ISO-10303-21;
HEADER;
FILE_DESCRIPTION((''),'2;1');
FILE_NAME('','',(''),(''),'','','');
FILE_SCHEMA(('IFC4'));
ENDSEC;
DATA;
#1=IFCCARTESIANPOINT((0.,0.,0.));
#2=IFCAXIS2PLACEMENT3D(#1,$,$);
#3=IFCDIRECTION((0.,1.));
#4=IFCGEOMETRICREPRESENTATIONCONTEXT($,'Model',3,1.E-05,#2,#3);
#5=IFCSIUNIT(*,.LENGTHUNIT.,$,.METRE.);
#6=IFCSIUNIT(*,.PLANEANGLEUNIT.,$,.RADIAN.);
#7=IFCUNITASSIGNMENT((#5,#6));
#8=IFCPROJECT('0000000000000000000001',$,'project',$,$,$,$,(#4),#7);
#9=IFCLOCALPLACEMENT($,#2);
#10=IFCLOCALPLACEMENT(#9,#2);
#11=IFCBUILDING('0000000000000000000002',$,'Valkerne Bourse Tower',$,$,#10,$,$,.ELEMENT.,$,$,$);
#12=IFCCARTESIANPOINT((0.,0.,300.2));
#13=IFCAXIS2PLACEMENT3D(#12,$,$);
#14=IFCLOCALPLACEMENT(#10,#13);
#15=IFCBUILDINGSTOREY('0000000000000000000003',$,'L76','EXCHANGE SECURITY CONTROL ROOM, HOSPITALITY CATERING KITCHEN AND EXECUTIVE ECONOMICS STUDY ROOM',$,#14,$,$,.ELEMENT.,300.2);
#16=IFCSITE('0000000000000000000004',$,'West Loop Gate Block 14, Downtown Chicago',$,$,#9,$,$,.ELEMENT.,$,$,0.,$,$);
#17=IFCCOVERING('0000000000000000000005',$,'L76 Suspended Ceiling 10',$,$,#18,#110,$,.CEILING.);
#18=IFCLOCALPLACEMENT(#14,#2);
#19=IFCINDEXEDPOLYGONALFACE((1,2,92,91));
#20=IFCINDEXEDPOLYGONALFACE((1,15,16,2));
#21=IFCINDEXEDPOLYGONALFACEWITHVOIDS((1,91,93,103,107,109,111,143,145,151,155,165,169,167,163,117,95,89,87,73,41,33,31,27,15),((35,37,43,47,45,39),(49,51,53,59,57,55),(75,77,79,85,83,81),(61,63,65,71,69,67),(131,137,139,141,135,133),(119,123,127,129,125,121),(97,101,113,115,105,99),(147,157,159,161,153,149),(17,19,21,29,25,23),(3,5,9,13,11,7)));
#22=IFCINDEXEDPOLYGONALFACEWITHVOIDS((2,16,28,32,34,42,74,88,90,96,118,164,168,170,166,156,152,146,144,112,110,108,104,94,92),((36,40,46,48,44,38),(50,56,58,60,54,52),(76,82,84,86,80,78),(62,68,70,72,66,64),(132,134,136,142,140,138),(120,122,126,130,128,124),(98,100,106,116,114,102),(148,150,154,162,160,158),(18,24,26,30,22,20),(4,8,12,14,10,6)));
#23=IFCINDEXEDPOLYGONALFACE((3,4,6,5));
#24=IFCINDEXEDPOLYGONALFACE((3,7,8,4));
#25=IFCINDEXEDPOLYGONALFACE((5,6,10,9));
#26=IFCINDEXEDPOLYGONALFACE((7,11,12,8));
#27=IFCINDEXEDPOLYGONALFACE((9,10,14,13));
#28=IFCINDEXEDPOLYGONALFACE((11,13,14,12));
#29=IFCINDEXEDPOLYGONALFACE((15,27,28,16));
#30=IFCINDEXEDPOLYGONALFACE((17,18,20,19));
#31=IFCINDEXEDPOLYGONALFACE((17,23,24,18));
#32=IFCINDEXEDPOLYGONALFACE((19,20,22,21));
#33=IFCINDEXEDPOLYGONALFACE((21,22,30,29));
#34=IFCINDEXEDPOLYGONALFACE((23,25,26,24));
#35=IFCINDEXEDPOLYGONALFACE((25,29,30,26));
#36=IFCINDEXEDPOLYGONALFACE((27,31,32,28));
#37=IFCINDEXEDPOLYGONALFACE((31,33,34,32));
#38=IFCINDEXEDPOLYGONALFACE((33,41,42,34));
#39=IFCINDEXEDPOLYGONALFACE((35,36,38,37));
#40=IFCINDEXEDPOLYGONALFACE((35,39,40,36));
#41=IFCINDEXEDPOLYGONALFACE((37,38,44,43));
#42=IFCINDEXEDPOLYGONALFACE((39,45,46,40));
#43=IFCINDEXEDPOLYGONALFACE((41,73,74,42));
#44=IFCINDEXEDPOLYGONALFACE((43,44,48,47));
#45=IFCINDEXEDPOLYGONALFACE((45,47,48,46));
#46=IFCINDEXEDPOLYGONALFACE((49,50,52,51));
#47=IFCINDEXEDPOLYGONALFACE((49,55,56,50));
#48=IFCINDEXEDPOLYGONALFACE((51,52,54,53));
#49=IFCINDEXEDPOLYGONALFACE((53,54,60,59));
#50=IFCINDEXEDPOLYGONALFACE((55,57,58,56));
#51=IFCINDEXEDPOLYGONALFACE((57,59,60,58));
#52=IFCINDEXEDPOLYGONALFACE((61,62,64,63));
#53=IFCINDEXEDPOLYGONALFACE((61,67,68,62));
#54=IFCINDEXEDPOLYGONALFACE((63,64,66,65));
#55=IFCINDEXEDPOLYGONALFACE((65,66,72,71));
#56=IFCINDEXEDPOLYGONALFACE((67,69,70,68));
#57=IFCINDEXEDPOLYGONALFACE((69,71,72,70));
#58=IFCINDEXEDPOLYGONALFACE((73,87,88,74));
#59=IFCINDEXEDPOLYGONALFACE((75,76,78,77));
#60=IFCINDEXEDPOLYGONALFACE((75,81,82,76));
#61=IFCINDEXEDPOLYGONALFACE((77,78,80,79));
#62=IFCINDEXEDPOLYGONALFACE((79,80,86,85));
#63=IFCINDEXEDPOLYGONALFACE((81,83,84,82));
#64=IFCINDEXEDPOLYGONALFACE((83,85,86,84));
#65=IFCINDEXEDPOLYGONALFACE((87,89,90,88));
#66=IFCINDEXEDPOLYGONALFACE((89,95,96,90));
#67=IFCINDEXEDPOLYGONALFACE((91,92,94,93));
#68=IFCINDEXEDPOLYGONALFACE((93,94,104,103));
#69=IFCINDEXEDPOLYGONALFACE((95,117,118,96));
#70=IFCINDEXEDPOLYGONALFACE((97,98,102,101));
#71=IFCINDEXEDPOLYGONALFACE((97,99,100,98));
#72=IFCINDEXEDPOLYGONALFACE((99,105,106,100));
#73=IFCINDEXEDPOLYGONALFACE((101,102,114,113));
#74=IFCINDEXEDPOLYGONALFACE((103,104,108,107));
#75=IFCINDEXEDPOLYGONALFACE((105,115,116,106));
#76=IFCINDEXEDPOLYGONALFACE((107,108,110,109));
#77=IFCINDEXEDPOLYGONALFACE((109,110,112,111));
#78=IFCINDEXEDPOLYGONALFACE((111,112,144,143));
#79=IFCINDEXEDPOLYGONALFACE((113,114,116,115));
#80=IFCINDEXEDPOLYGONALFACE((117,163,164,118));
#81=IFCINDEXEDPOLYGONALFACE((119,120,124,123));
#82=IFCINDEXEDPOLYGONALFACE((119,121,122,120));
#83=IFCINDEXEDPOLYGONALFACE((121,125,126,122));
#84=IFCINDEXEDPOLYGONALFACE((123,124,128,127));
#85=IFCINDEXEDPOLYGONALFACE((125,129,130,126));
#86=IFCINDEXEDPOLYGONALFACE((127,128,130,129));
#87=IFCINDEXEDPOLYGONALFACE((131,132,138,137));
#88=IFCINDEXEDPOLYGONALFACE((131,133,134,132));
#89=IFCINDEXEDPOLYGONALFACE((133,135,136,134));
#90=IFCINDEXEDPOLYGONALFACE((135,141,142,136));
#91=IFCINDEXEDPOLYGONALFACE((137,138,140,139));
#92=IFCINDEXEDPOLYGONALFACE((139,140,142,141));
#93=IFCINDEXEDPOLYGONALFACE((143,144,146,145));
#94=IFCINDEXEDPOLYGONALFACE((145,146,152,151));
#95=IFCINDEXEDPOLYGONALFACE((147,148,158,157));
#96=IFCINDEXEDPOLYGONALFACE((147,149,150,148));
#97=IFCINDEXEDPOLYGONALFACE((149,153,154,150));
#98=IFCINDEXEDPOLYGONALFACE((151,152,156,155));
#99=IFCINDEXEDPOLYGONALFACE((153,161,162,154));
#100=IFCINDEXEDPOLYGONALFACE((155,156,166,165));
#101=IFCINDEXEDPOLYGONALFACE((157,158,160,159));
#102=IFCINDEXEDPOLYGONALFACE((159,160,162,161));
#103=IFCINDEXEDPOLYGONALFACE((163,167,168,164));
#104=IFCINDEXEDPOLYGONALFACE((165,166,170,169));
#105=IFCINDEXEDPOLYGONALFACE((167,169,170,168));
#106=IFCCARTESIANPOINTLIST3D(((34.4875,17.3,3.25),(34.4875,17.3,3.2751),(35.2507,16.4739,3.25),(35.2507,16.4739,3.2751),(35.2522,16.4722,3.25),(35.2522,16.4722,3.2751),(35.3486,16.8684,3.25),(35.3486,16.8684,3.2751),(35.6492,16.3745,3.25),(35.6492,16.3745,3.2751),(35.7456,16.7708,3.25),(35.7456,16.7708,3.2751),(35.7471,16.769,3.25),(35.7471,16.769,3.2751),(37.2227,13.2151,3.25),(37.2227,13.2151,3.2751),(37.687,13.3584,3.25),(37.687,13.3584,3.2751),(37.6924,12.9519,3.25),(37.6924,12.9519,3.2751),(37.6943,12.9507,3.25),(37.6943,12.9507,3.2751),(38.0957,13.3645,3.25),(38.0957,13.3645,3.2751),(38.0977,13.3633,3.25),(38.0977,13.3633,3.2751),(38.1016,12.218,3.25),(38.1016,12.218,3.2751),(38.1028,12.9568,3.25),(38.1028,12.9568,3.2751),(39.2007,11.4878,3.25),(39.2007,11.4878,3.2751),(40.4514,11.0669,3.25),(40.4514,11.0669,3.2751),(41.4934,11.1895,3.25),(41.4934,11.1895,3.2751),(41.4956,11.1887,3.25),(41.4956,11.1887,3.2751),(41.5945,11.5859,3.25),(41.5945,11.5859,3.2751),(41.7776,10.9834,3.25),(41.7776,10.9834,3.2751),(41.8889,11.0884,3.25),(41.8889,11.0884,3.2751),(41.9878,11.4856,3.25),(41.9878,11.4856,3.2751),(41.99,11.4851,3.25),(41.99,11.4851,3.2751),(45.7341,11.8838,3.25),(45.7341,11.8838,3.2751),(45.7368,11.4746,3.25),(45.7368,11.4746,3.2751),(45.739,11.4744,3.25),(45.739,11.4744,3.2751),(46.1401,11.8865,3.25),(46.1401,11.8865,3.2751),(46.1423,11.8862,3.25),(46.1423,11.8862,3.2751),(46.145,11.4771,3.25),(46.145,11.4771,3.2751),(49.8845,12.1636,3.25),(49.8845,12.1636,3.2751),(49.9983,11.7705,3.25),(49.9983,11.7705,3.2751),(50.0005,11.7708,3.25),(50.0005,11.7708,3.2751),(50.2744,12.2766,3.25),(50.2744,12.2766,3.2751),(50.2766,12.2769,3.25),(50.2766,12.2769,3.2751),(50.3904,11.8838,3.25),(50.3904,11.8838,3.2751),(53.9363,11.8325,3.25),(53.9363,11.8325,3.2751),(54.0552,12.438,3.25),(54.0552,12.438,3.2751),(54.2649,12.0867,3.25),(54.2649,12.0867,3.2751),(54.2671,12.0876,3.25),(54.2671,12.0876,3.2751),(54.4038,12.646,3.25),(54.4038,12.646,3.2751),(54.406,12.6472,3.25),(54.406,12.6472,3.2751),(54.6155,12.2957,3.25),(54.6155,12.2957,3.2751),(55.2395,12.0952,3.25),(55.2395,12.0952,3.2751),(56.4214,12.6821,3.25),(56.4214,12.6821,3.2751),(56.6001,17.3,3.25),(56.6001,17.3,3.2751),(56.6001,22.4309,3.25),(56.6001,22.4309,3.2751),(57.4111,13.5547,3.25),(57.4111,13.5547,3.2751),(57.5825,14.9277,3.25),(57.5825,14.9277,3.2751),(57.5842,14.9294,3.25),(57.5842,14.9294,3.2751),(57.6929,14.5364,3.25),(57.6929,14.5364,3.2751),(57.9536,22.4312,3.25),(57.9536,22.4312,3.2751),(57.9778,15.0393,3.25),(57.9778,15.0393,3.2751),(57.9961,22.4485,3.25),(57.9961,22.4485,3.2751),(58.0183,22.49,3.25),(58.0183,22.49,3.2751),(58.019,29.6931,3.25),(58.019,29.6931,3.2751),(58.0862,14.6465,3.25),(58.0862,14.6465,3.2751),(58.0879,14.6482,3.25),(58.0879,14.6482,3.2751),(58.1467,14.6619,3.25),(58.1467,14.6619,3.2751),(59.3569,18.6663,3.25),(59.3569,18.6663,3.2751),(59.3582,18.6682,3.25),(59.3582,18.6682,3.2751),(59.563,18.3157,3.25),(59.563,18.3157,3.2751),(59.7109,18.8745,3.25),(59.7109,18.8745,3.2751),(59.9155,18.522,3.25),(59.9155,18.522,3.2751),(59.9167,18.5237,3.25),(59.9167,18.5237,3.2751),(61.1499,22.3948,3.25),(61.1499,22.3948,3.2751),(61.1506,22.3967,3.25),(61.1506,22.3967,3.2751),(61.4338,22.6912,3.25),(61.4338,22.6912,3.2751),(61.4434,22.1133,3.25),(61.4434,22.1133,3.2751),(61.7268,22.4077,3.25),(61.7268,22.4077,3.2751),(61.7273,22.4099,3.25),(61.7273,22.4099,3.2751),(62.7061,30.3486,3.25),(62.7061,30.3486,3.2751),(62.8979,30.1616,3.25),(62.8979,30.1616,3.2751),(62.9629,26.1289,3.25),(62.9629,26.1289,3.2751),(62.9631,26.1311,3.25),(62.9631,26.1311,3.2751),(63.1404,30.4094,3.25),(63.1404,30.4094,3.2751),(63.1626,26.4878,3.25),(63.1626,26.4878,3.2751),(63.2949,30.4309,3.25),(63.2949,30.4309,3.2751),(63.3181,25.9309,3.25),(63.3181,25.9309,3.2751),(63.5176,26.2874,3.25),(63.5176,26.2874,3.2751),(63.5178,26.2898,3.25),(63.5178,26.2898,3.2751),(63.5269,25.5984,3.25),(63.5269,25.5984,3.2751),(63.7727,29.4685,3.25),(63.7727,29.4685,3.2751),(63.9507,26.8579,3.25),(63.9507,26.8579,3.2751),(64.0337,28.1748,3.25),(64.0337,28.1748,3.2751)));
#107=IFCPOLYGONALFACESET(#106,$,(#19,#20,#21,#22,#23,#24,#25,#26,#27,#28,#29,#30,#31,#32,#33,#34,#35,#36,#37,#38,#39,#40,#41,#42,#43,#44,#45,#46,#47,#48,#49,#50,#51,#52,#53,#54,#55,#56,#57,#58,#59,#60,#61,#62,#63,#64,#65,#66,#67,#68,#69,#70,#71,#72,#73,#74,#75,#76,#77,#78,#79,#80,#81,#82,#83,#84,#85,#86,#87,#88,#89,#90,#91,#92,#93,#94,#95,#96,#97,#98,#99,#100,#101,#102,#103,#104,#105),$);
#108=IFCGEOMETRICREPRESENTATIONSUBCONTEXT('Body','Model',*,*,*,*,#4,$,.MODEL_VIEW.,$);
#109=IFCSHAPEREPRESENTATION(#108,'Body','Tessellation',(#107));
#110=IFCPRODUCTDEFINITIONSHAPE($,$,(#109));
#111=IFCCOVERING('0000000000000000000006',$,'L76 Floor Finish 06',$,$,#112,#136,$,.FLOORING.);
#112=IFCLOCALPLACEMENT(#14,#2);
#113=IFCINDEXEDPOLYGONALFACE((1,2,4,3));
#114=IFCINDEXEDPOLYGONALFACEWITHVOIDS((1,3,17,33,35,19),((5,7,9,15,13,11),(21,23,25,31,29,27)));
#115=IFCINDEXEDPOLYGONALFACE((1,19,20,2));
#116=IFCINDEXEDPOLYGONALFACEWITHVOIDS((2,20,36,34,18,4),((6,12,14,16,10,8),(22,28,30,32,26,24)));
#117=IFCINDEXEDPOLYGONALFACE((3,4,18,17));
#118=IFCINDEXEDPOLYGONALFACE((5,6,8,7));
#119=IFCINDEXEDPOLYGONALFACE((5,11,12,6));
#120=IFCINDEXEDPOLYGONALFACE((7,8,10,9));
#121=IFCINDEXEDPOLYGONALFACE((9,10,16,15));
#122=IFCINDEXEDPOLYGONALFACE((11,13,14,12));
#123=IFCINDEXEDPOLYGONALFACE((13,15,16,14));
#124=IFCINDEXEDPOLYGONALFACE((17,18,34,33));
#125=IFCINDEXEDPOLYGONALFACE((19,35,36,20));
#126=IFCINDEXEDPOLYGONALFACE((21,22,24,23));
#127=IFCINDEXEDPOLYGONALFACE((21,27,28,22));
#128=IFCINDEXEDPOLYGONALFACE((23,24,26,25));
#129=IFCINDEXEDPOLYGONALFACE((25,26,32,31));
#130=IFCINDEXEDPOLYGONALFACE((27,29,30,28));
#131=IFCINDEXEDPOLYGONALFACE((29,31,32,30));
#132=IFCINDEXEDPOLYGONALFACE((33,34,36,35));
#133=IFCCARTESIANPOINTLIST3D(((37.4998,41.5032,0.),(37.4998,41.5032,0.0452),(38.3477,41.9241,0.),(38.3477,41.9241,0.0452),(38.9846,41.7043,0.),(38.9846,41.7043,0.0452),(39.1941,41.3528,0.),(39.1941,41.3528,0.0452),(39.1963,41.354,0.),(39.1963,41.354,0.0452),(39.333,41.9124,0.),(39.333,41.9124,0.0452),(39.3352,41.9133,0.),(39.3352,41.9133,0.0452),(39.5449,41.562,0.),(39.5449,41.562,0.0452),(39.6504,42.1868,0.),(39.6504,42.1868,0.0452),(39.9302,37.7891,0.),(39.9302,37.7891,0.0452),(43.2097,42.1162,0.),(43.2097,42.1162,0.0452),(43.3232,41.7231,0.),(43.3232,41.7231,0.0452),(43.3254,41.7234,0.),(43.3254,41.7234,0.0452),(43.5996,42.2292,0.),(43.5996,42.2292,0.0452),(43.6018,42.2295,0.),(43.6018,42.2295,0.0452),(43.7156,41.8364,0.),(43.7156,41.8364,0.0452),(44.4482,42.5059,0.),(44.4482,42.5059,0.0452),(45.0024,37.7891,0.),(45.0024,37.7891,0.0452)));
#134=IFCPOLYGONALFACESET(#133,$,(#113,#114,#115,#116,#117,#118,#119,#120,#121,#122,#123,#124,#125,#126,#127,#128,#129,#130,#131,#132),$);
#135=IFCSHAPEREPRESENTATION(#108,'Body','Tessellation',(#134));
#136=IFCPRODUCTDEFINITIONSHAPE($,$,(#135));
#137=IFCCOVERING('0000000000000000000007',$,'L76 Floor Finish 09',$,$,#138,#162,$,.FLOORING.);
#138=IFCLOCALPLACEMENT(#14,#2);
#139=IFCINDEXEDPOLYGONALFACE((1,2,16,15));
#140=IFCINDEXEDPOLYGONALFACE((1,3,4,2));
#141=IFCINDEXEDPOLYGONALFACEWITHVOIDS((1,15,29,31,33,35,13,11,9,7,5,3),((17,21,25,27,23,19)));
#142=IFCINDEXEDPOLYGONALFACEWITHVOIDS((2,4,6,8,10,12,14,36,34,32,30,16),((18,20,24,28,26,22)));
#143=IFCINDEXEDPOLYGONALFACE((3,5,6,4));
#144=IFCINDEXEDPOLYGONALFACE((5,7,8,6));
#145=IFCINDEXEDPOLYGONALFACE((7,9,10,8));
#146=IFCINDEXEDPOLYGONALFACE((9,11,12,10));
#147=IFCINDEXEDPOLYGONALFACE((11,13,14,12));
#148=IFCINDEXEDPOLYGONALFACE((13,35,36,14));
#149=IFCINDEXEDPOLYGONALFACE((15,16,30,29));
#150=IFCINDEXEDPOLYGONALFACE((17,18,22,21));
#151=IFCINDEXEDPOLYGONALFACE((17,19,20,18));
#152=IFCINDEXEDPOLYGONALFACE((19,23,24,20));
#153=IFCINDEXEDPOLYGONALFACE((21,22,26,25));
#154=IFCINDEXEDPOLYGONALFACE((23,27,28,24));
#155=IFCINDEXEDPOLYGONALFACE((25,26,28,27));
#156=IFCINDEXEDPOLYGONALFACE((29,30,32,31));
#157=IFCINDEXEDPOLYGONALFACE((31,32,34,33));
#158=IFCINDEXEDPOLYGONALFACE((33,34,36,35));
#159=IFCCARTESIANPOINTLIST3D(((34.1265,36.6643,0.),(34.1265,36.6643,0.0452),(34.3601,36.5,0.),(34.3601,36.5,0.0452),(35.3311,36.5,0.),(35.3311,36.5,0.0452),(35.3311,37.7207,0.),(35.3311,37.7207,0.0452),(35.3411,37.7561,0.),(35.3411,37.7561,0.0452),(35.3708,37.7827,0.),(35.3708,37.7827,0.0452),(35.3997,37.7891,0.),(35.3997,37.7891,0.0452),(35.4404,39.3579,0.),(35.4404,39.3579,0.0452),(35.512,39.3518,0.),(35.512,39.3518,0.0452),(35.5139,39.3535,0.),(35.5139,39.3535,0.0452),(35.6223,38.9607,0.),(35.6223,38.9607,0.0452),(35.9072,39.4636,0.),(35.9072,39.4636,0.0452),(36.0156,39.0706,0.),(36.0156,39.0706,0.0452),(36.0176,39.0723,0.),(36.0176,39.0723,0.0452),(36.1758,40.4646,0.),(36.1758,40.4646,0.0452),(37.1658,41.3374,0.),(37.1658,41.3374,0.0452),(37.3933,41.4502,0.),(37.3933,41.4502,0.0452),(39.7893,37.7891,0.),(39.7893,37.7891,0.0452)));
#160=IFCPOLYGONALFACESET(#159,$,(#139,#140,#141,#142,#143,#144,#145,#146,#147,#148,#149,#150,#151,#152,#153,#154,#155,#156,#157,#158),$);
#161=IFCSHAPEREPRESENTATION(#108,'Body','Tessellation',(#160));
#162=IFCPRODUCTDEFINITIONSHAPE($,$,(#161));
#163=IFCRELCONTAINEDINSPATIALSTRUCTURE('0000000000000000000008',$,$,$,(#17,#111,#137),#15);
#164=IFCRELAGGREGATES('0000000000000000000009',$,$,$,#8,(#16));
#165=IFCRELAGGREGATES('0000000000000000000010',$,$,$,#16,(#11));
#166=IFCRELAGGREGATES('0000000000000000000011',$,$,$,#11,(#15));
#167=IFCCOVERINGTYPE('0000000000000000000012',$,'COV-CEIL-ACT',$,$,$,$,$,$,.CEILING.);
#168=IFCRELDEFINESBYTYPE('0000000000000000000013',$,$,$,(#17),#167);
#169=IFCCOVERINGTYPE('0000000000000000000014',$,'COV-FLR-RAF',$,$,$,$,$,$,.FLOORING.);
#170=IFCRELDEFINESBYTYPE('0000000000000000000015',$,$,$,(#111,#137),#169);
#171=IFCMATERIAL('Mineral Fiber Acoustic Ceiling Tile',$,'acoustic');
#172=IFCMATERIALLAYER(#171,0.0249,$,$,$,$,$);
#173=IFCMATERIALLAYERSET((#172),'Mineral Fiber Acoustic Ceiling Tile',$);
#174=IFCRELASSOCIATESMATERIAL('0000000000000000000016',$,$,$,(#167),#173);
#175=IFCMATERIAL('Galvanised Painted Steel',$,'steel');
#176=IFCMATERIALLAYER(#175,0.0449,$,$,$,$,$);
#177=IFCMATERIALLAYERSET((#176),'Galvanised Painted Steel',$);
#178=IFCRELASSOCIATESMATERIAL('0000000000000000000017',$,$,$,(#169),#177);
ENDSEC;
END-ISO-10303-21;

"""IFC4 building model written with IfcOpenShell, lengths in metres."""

from ifc_helpers import new_model, si_unit, direction, frame, origin, place, context, subcontext, project, spatial, polyline, outline, extrude, material, layer, layer_set, type_object, element, save


model = new_model("IFC4")

# Units and contexts
model_context = context("Model", 3, precision=1e-05, world=origin(), true_north=direction((0.0, 1.0)))
body_context = subcontext(model_context, "Body", "Model", "MODEL_VIEW")
ifc_project = project(units=[si_unit("LENGTHUNIT", "METRE"), si_unit("PLANEANGLEUNIT", "RADIAN")], contexts=[model_context])

# Site, building, storey
site_placement = place(None, origin())
site = spatial("IfcSite", under=ifc_project, at=site_placement, Name="West Loop Gate Block 14, Downtown Chicago", CompositionType="ELEMENT", RefElevation=0.0)
building_placement = place(site_placement, origin())
building = spatial("IfcBuilding", under=site, at=building_placement, Name="Valkerne Bourse Tower", CompositionType="ELEMENT")
storey_placement = place(building_placement, frame((0.0, 0.0, 300.2)))
storey = spatial("IfcBuildingStorey", under=building, at=storey_placement, Name="L76", Description="EXCHANGE SECURITY CONTROL ROOM, HOSPITALITY CATERING KITCHEN AND EXECUTIVE ECONOMICS STUDY ROOM", CompositionType="ELEMENT", Elevation=300.2)

# Coverings
ifc_material_1 = material(Name="Mineral Fiber Acoustic Ceiling Tile", Category="acoustic")
ifc_layer_1 = layer(ifc_material_1, 0.0249)
ifc_layer_set_1 = layer_set([ifc_layer_1], Name="Mineral Fiber Acoustic Ceiling Tile")
covering_type_1 = type_object("IfcCoveringType", Name="COV-CEIL-ACT", PredefinedType="CEILING", material=ifc_layer_set_1)
covering_1_placement = place(storey_placement, frame((0.0, 0.0, 3.25)))
element("IfcCovering", 1, at=covering_1_placement, inside=storey, type_object=covering_type_1, Name="L76 Suspended Ceiling 10", PredefinedType="CEILING", context=body_context, shape_type="SweptSolid", body=[
    extrude(outline(polyline([(63.9507, 26.8579), (63.5269, 25.5984), (58.1467, 14.6619), (57.4111, 13.5547), (56.4214, 12.6821), (55.2395, 12.0952), (53.9363, 11.8325), (41.7776, 10.9834), (40.4514, 11.0669), (39.2007, 11.4878), (38.1016, 12.218), (37.2227, 13.2151), (34.4875, 17.3), (56.6001, 17.3), (56.6001, 22.4309), (57.9536, 22.4312), (57.9961, 22.4485), (58.0183, 22.49), (58.019, 29.6931), (62.7061, 30.3486), (62.8979, 30.1616), (63.1404, 30.4094), (63.2949, 30.4309), (63.7727, 29.4685), (64.0337, 28.1748), (63.9507, 26.8579)]), holes=[polyline([(41.9878, 11.4856), (41.5945, 11.5859), (41.4934, 11.1895), (41.4956, 11.1887), (41.8889, 11.0884), (41.99, 11.4851), (41.9878, 11.4856)]), polyline([(46.1423, 11.8862), (46.1401, 11.8865), (45.7341, 11.8838), (45.7368, 11.4746), (45.739, 11.4744), (46.145, 11.4771), (46.1423, 11.8862)]), polyline([(38.0977, 13.3633), (38.0957, 13.3645), (37.687, 13.3584), (37.6924, 12.9519), (37.6943, 12.9507), (38.1028, 12.9568), (38.0977, 13.3633)]), polyline([(35.7456, 16.7708), (35.3486, 16.8684), (35.2507, 16.4739), (35.2522, 16.4722), (35.6492, 16.3745), (35.7471, 16.769), (35.7456, 16.7708)]), polyline([(50.3904, 11.8838), (50.2766, 12.2769), (50.2744, 12.2766), (49.8845, 12.1636), (49.9983, 11.7705), (50.0005, 11.7708), (50.3904, 11.8838)]), polyline([(54.6155, 12.2957), (54.406, 12.6472), (54.4038, 12.646), (54.0552, 12.438), (54.2649, 12.0867), (54.2671, 12.0876), (54.6155, 12.2957)]), polyline([(58.0879, 14.6482), (57.9778, 15.0393), (57.5842, 14.9294), (57.5825, 14.9277), (57.6929, 14.5364), (58.0862, 14.6465), (58.0879, 14.6482)]), polyline([(59.9167, 18.5237), (59.7109, 18.8745), (59.3582, 18.6682), (59.3569, 18.6663), (59.563, 18.3157), (59.9155, 18.522), (59.9167, 18.5237)]), polyline([(61.7273, 22.4099), (61.4338, 22.6912), (61.1506, 22.3967), (61.1499, 22.3948), (61.4434, 22.1133), (61.7268, 22.4077), (61.7273, 22.4099)]), polyline([(63.5176, 26.2874), (63.5178, 26.2898), (63.1626, 26.4878), (62.9631, 26.1311), (62.9629, 26.1289), (63.3181, 25.9309), (63.5176, 26.2874)])]), origin(), (0.0, 0.0, 1.0), 0.0251),
])
ifc_material_2 = material(Name="Galvanised Painted Steel", Category="steel")
ifc_layer_2 = layer(ifc_material_2, 0.0449)
ifc_layer_set_2 = layer_set([ifc_layer_2], Name="Galvanised Painted Steel")
covering_type_2 = type_object("IfcCoveringType", Name="COV-FLR-RAF", PredefinedType="FLOORING", material=ifc_layer_set_2)
covering_2_placement = place(storey_placement, origin())
element("IfcCovering", 2, at=covering_2_placement, inside=storey, type_object=covering_type_2, Name="L76 Floor Finish 06", PredefinedType="FLOORING", context=body_context, shape_type="SweptSolid", body=[
    extrude(outline(polyline([(44.4482, 42.5059), (45.0024, 37.7891), (39.9302, 37.7891), (37.4998, 41.5032), (38.3477, 41.9241), (39.6504, 42.1868), (44.4482, 42.5059)]), holes=[polyline([(39.1963, 41.354), (39.5449, 41.562), (39.3352, 41.9133), (39.333, 41.9124), (38.9846, 41.7043), (39.1941, 41.3528), (39.1963, 41.354)]), polyline([(43.7156, 41.8364), (43.6018, 42.2295), (43.5996, 42.2292), (43.2097, 42.1162), (43.3232, 41.7231), (43.3254, 41.7234), (43.7156, 41.8364)])]), origin(), (0.0, 0.0, 1.0), 0.0452),
])
covering_3_placement = place(storey_placement, origin())
element("IfcCovering", 3, at=covering_3_placement, inside=storey, type_object=covering_type_2, Name="L76 Floor Finish 09", PredefinedType="FLOORING", context=body_context, shape_type="SweptSolid", body=[
    extrude(outline(polyline([(37.1658, 41.3374), (37.3933, 41.4502), (39.7893, 37.7891), (35.3997, 37.7891), (35.3708, 37.7827), (35.3411, 37.7561), (35.3311, 37.7207), (35.3311, 36.5), (34.3601, 36.5), (34.1265, 36.6643), (35.4404, 39.3579), (36.1758, 40.4646), (37.1658, 41.3374)]), holes=[polyline([(36.0156, 39.0706), (36.0176, 39.0723), (35.9072, 39.4636), (35.5139, 39.3535), (35.512, 39.3518), (35.6223, 38.9607), (36.0156, 39.0706)])]), origin(), (0.0, 0.0, 1.0), 0.0452),
])

save(model, "model.ifc")
